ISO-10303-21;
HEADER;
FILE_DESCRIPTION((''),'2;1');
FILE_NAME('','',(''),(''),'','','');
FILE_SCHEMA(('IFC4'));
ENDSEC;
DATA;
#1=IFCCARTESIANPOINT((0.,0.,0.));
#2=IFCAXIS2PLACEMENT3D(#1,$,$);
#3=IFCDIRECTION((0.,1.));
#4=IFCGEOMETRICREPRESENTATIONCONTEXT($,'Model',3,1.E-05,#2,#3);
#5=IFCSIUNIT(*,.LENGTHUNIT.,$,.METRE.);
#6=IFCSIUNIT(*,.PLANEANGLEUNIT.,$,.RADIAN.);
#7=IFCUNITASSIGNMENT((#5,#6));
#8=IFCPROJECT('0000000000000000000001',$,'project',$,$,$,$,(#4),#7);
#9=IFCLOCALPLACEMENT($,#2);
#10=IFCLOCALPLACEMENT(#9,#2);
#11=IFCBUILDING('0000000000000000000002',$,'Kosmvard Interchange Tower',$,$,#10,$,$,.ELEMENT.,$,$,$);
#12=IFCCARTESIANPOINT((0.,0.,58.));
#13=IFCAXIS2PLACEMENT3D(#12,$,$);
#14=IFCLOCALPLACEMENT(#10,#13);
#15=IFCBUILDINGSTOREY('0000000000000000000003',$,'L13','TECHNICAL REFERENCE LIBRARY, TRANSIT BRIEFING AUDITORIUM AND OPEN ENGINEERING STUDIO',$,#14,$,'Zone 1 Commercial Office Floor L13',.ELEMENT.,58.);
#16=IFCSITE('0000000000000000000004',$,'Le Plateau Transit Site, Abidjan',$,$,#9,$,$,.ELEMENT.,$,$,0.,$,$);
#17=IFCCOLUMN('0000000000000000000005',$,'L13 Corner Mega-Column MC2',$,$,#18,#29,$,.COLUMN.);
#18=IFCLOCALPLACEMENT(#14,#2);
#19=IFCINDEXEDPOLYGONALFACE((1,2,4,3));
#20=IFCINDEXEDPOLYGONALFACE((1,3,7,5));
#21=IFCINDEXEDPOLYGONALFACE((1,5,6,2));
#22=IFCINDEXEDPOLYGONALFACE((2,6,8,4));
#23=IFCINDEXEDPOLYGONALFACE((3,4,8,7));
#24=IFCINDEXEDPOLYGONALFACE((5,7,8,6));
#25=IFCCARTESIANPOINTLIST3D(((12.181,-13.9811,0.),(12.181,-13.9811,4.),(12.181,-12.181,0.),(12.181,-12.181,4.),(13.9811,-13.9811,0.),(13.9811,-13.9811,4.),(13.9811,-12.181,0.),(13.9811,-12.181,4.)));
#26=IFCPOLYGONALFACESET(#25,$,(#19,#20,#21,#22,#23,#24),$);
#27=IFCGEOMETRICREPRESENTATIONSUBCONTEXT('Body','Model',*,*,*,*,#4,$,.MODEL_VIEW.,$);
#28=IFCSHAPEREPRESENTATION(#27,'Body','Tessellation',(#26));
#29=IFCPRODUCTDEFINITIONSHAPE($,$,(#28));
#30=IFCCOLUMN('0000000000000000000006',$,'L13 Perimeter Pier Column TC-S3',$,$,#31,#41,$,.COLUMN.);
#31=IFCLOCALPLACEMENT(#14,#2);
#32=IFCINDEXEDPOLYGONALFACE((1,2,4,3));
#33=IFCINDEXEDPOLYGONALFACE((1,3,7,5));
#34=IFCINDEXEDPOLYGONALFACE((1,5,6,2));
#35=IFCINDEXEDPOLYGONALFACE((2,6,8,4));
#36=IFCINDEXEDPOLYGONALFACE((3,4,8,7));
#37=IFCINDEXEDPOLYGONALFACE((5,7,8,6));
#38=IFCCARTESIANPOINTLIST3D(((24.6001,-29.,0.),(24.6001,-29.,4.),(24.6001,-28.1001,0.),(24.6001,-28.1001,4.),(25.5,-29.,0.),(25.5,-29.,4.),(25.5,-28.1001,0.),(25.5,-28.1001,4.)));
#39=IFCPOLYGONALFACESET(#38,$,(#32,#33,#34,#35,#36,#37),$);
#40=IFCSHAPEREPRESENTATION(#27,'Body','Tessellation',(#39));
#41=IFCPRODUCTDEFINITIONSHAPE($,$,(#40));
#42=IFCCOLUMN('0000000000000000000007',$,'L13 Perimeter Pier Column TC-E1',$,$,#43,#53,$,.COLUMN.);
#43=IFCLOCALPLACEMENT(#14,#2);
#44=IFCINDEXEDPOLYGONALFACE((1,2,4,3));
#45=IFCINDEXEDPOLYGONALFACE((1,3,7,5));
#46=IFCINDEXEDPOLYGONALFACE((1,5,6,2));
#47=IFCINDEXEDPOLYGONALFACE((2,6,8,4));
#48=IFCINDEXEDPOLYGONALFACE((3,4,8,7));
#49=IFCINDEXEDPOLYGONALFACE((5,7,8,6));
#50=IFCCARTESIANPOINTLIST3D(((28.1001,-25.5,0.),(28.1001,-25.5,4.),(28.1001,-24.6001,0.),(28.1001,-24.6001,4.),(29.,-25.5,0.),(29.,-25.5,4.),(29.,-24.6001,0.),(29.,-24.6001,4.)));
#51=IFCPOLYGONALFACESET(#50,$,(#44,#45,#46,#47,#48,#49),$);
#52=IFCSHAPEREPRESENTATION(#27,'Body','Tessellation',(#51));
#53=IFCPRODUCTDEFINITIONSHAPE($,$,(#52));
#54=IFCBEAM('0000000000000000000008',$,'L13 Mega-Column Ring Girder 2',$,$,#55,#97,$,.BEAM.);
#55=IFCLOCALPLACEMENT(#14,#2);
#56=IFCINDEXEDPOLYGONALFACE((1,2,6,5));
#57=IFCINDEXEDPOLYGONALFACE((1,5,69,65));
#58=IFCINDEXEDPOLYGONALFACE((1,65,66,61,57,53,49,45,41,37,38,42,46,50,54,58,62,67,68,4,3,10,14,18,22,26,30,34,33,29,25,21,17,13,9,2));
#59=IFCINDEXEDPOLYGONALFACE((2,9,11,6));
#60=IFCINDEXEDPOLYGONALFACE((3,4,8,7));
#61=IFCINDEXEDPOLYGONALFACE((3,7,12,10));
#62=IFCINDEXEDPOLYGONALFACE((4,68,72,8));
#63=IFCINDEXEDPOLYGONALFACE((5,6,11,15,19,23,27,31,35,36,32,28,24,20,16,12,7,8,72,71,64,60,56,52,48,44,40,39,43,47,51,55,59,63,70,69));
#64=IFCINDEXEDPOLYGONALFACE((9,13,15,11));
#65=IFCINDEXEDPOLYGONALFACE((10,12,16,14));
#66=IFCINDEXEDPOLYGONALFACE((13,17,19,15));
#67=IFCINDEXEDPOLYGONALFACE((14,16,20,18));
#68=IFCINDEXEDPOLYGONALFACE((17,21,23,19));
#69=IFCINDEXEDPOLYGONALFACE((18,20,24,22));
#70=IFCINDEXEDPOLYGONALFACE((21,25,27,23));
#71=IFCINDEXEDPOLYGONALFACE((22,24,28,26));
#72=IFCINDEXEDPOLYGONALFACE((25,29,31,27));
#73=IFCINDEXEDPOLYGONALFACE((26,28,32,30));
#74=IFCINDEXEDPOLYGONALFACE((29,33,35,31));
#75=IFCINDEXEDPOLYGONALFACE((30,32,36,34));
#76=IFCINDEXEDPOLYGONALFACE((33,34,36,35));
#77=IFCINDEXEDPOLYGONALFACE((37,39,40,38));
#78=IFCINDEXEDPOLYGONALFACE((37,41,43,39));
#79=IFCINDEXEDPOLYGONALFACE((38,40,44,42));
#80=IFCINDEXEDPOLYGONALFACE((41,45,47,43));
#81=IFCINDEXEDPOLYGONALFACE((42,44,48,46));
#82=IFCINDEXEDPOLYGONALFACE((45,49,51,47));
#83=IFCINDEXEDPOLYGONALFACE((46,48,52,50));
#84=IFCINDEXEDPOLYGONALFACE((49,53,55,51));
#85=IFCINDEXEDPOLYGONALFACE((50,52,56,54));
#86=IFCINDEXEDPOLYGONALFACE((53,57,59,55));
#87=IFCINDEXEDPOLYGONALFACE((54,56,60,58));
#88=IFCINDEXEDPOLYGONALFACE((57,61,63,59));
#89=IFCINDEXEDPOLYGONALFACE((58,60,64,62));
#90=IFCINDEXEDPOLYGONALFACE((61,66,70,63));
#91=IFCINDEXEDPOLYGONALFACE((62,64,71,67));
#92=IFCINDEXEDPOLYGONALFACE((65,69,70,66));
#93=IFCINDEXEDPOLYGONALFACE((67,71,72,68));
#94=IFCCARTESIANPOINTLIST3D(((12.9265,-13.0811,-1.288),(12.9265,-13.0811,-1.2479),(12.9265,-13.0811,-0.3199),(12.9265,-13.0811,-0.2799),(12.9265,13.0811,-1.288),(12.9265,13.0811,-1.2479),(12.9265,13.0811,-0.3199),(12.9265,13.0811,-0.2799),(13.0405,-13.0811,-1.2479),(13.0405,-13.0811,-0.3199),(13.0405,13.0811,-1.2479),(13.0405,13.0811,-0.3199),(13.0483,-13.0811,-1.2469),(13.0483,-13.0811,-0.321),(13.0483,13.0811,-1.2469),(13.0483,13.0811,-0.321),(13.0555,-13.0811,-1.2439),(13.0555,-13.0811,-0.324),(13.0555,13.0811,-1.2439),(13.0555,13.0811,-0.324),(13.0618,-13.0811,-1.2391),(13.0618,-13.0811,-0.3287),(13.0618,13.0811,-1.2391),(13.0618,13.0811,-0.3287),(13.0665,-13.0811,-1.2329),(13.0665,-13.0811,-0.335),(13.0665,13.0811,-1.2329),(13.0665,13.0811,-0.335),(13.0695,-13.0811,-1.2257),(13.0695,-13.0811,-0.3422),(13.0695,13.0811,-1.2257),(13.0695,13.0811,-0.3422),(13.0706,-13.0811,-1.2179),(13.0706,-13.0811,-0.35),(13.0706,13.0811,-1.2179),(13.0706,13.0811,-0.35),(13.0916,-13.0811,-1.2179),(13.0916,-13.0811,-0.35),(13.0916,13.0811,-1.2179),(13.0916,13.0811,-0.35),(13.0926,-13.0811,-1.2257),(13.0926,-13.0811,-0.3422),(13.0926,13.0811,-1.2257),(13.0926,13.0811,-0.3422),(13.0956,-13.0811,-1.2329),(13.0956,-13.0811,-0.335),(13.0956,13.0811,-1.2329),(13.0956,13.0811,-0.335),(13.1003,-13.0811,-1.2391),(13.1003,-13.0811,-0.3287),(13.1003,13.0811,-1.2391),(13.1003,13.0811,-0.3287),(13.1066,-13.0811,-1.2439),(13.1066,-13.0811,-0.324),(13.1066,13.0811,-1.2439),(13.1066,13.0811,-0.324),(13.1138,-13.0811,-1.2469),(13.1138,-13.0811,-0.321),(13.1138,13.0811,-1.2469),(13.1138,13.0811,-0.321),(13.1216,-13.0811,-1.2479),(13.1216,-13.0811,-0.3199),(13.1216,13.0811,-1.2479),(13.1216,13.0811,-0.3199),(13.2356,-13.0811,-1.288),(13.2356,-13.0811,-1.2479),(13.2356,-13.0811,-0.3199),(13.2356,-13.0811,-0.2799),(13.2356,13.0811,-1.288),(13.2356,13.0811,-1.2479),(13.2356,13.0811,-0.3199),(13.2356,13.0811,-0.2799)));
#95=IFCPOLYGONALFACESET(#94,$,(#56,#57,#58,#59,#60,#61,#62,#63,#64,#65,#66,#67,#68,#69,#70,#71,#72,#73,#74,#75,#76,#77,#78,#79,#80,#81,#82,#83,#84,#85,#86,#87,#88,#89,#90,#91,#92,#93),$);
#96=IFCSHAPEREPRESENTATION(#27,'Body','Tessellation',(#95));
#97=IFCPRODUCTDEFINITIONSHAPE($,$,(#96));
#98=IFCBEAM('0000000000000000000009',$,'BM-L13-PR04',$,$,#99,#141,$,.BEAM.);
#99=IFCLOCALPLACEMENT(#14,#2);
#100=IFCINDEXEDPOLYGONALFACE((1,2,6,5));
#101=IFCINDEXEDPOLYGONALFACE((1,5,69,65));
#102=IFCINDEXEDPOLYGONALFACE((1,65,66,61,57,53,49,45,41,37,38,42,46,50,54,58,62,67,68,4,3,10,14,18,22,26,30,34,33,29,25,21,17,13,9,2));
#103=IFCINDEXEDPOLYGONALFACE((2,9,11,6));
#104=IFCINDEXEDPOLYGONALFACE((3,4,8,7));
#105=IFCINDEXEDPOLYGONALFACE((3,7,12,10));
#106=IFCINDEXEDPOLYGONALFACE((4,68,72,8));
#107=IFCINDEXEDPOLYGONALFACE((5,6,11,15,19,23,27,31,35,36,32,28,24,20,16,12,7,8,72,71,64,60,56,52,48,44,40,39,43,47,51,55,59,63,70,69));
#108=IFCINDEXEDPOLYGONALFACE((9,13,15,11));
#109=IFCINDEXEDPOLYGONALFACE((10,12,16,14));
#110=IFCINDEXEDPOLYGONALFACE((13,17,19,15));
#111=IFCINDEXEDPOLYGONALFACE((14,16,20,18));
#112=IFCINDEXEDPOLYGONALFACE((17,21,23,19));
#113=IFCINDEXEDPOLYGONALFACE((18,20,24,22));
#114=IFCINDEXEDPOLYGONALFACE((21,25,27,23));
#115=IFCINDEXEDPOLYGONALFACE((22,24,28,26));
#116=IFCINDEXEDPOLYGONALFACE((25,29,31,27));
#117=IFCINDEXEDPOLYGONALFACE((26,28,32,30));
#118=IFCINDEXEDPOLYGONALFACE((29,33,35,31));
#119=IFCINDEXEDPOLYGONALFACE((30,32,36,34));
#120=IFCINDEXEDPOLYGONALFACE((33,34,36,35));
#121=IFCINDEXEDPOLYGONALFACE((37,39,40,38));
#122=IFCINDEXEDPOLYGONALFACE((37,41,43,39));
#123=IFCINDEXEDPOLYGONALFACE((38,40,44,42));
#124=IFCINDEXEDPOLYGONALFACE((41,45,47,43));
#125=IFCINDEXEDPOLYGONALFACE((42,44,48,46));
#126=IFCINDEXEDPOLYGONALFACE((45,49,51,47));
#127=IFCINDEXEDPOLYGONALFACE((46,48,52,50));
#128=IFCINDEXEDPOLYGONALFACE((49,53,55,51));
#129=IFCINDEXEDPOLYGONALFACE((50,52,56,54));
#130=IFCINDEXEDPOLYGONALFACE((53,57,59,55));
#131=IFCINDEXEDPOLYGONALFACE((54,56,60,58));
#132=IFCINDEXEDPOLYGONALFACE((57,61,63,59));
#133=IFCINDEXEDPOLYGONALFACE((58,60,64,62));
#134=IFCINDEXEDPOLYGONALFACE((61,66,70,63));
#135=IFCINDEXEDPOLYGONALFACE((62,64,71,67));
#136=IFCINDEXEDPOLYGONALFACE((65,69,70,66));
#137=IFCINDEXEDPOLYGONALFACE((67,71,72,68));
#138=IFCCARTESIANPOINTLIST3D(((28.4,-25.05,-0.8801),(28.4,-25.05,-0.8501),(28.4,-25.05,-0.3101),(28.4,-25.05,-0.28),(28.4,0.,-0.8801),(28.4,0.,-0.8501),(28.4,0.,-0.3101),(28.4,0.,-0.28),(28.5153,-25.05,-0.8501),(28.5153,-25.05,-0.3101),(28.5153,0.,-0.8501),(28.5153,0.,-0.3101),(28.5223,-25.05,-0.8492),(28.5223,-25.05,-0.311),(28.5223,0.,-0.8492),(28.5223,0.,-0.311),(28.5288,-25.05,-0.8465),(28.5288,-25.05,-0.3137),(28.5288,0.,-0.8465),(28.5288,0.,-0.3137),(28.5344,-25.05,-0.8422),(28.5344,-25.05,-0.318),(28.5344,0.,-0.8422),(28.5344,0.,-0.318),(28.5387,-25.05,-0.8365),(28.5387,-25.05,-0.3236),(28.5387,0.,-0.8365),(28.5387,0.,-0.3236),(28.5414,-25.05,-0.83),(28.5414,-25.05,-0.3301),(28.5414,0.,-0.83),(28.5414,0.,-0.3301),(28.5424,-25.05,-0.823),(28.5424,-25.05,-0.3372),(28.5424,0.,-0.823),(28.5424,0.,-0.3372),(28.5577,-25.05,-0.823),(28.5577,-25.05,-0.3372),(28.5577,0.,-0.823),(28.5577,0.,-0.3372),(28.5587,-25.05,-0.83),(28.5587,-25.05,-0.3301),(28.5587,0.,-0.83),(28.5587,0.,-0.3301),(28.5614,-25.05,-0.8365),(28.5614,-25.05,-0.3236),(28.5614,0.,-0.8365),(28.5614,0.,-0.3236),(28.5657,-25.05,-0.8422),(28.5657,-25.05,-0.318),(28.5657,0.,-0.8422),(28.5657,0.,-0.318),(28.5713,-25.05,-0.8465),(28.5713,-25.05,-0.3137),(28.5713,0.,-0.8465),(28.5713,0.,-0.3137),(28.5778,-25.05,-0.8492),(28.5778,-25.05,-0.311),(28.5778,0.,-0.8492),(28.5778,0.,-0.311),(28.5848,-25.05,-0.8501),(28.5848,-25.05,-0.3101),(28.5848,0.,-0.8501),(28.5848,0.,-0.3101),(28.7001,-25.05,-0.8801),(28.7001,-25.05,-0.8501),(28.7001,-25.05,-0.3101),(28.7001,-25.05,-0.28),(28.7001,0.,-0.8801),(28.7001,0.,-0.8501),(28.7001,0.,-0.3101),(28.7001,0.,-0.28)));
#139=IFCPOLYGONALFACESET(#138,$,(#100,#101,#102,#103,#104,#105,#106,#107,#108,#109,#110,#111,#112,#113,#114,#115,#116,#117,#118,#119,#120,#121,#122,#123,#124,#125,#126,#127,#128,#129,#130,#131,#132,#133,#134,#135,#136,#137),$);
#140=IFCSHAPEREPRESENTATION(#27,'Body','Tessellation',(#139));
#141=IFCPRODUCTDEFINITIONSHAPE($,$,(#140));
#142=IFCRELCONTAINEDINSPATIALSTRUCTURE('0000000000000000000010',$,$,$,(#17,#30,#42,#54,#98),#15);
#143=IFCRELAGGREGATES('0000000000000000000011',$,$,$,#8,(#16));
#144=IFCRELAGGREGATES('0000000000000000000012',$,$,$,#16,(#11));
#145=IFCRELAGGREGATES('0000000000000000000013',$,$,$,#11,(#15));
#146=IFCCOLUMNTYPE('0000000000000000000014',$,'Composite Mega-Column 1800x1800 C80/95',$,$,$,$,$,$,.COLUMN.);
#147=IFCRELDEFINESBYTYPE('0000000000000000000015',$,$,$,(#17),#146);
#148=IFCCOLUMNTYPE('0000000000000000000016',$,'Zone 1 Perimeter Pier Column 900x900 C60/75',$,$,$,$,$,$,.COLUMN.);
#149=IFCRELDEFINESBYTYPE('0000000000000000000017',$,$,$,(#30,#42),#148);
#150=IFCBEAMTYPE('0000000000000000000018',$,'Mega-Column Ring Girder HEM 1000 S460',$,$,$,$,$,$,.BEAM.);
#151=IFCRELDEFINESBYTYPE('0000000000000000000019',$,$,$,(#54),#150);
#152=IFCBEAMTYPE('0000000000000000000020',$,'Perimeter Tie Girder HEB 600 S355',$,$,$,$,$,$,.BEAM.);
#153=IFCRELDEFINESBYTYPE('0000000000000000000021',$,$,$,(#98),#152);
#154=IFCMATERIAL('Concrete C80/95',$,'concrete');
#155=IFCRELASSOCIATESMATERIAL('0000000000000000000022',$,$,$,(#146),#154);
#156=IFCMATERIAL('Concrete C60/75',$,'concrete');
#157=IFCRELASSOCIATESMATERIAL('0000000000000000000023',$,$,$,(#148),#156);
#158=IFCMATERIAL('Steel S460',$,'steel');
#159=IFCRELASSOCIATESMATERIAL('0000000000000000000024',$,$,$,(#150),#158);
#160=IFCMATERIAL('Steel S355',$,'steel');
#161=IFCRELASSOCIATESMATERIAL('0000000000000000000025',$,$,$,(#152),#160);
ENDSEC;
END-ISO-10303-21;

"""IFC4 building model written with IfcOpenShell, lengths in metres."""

from ifc_helpers import new_model, si_unit, direction, frame, origin, origin_2d, place, context, subcontext, project, spatial, rectangle, i_section, extrude, source, transform, mapped, material, material_profile, profile_set, type_object, element, save


model = new_model("IFC4")

# Units and contexts
model_context = context("Model", 3, precision=1e-05, world=origin(), true_north=direction((0.0, 1.0)))
body_context = subcontext(model_context, "Body", "Model", "MODEL_VIEW")
ifc_project = project(units=[si_unit("LENGTHUNIT", "METRE"), si_unit("PLANEANGLEUNIT", "RADIAN")], contexts=[model_context])

# Site, building, storey
site_placement = place(None, origin())
site = spatial("IfcSite", under=ifc_project, at=site_placement, Name="Le Plateau Transit Site, Abidjan", CompositionType="ELEMENT", RefElevation=0.0)
building_placement = place(site_placement, origin())
building = spatial("IfcBuilding", under=site, at=building_placement, Name="Kosmvard Interchange Tower", CompositionType="ELEMENT")
storey_placement = place(building_placement, frame((0.0, 0.0, 58.0)))
storey = spatial("IfcBuildingStorey", under=building, at=storey_placement, Name="L13", Description="TECHNICAL REFERENCE LIBRARY, TRANSIT BRIEFING AUDITORIUM AND OPEN ENGINEERING STUDIO", LongName="Zone 1 Commercial Office Floor L13", CompositionType="ELEMENT", Elevation=58.0)

# Columns
ifc_material_1 = material(Name="Concrete C80/95", Category="concrete")
ifc_material_profile_1 = material_profile(ifc_material_1, rectangle(XDim=1.8, YDim=1.8, at=origin_2d()), Name="MC 1800x1800")
ifc_profile_set_1 = profile_set([ifc_material_profile_1], Name="Concrete C80/95")
column_type_1 = type_object("IfcColumnType", Name="Composite Mega-Column 1800x1800 C80/95", PredefinedType="COLUMN", material=ifc_profile_set_1)
shared_shape_1 = source(origin(), body_context, "Body", "SweptSolid", [
    extrude(rectangle(XDim=1.8, YDim=1.8, at=origin_2d()), origin(), (0.0, 0.0, 1.0), 4.0),
])
column_placement = place(storey_placement, frame((13.0811, -13.0811, 0.0), z_axis=(0.0, 0.0, 1.0), x_axis=(1.0, 0.0, 0.0)))
element("IfcColumn", 1, at=column_placement, inside=storey, type_object=column_type_1, Name="L13 Corner Mega-Column MC2", PredefinedType="COLUMN", context=body_context, shape_type="MappedRepresentation", body=[
    mapped(shared_shape_1, transform((0.0, 0.0, 0.0), scale=1.0)),
])
ifc_material_2 = material(Name="Concrete C60/75", Category="concrete")
ifc_material_profile_2 = material_profile(ifc_material_2, rectangle(XDim=0.8999, YDim=0.8999, at=origin_2d()), Name="TC 900x900")
ifc_profile_set_2 = profile_set([ifc_material_profile_2], Name="Concrete C60/75")
column_type_2 = type_object("IfcColumnType", Name="Zone 1 Perimeter Pier Column 900x900 C60/75", PredefinedType="COLUMN", material=ifc_profile_set_2)
shared_shape_2 = source(origin(), body_context, "Body", "SweptSolid", [
    extrude(rectangle(XDim=0.8999, YDim=0.8999, at=origin_2d()), origin(), (0.0, 0.0, 1.0), 4.0),
])
for number, where, z_axis, x_axis, name in (
    (2, (25.05, -28.55, 0.0), (0.0, 0.0, 1.0), (1.0, 0.0, 0.0), "L13 Perimeter Pier Column TC-S3"),
    (3, (28.55, -25.05, 0.0), (0.0, 0.0, 1.0), (1.0, 0.0, 0.0), "L13 Perimeter Pier Column TC-E1"),
):
    element("IfcColumn", number, at=place(storey_placement, frame(where, z_axis=z_axis, x_axis=x_axis)), inside=storey, type_object=column_type_2, Name=name, PredefinedType="COLUMN", context=body_context, shape_type="MappedRepresentation", body=[
        mapped(shared_shape_2, transform((0.0, 0.0, 0.0), scale=1.0)),
    ])

# Beams
ifc_material_3 = material(Name="Steel S460", Category="steel")
ifc_material_profile_3 = material_profile(ifc_material_3, i_section(OverallWidth=0.3091, OverallDepth=1.0081, WebThickness=0.021, FlangeThickness=0.04, FilletRadius=0.03, at=origin_2d()), Name="HEM 1000")
ifc_profile_set_3 = profile_set([ifc_material_profile_3], Name="Steel S460")
beam_type_1 = type_object("IfcBeamType", Name="Mega-Column Ring Girder HEM 1000 S460", PredefinedType="BEAM", material=ifc_profile_set_3)
shared_shape_3 = source(origin(), body_context, "Body", "SweptSolid", [
    extrude(i_section(OverallWidth=0.3091, OverallDepth=1.0081, WebThickness=0.021, FlangeThickness=0.04, FilletRadius=0.03, at=origin_2d()), origin(), (0.0, 0.0, 1.0), 26.1621),
])
beam_1_placement = place(storey_placement, frame((13.0811, -13.0811, -0.7839), z_axis=(0.0, 1.0, 0.0), x_axis=(-1.0, 0.0, 0.0)))
element("IfcBeam", 4, at=beam_1_placement, inside=storey, type_object=beam_type_1, Name="L13 Mega-Column Ring Girder 2", PredefinedType="BEAM", context=body_context, shape_type="MappedRepresentation", body=[
    mapped(shared_shape_3, transform((0.0, 0.0, 0.0), scale=1.0)),
])
ifc_material_4 = material(Name="Steel S355", Category="steel")
ifc_material_profile_4 = material_profile(ifc_material_4, i_section(OverallWidth=0.3, OverallDepth=0.6001, WebThickness=0.0154, FlangeThickness=0.03, FilletRadius=0.0271, at=origin_2d()), Name="HEB 600")
ifc_profile_set_4 = profile_set([ifc_material_profile_4], Name="Steel S355")
beam_type_2 = type_object("IfcBeamType", Name="Perimeter Tie Girder HEB 600 S355", PredefinedType="BEAM", material=ifc_profile_set_4)
shared_shape_4 = source(origin(), body_context, "Body", "SweptSolid", [
    extrude(i_section(OverallWidth=0.3, OverallDepth=0.6001, WebThickness=0.0154, FlangeThickness=0.03, FilletRadius=0.0271, at=origin_2d()), origin(), (0.0, 0.0, 1.0), 25.05),
])
beam_2_placement = place(storey_placement, frame((28.55, -25.05, -0.5801), z_axis=(0.0, 1.0, 0.0), x_axis=(-1.0, 0.0, 0.0)))
element("IfcBeam", 5, at=beam_2_placement, inside=storey, type_object=beam_type_2, Name="BM-L13-PR04", PredefinedType="BEAM", context=body_context, shape_type="MappedRepresentation", body=[
    mapped(shared_shape_4, transform((0.0, 0.0, 0.0), scale=1.0)),
])

save(model, "model.ifc")
